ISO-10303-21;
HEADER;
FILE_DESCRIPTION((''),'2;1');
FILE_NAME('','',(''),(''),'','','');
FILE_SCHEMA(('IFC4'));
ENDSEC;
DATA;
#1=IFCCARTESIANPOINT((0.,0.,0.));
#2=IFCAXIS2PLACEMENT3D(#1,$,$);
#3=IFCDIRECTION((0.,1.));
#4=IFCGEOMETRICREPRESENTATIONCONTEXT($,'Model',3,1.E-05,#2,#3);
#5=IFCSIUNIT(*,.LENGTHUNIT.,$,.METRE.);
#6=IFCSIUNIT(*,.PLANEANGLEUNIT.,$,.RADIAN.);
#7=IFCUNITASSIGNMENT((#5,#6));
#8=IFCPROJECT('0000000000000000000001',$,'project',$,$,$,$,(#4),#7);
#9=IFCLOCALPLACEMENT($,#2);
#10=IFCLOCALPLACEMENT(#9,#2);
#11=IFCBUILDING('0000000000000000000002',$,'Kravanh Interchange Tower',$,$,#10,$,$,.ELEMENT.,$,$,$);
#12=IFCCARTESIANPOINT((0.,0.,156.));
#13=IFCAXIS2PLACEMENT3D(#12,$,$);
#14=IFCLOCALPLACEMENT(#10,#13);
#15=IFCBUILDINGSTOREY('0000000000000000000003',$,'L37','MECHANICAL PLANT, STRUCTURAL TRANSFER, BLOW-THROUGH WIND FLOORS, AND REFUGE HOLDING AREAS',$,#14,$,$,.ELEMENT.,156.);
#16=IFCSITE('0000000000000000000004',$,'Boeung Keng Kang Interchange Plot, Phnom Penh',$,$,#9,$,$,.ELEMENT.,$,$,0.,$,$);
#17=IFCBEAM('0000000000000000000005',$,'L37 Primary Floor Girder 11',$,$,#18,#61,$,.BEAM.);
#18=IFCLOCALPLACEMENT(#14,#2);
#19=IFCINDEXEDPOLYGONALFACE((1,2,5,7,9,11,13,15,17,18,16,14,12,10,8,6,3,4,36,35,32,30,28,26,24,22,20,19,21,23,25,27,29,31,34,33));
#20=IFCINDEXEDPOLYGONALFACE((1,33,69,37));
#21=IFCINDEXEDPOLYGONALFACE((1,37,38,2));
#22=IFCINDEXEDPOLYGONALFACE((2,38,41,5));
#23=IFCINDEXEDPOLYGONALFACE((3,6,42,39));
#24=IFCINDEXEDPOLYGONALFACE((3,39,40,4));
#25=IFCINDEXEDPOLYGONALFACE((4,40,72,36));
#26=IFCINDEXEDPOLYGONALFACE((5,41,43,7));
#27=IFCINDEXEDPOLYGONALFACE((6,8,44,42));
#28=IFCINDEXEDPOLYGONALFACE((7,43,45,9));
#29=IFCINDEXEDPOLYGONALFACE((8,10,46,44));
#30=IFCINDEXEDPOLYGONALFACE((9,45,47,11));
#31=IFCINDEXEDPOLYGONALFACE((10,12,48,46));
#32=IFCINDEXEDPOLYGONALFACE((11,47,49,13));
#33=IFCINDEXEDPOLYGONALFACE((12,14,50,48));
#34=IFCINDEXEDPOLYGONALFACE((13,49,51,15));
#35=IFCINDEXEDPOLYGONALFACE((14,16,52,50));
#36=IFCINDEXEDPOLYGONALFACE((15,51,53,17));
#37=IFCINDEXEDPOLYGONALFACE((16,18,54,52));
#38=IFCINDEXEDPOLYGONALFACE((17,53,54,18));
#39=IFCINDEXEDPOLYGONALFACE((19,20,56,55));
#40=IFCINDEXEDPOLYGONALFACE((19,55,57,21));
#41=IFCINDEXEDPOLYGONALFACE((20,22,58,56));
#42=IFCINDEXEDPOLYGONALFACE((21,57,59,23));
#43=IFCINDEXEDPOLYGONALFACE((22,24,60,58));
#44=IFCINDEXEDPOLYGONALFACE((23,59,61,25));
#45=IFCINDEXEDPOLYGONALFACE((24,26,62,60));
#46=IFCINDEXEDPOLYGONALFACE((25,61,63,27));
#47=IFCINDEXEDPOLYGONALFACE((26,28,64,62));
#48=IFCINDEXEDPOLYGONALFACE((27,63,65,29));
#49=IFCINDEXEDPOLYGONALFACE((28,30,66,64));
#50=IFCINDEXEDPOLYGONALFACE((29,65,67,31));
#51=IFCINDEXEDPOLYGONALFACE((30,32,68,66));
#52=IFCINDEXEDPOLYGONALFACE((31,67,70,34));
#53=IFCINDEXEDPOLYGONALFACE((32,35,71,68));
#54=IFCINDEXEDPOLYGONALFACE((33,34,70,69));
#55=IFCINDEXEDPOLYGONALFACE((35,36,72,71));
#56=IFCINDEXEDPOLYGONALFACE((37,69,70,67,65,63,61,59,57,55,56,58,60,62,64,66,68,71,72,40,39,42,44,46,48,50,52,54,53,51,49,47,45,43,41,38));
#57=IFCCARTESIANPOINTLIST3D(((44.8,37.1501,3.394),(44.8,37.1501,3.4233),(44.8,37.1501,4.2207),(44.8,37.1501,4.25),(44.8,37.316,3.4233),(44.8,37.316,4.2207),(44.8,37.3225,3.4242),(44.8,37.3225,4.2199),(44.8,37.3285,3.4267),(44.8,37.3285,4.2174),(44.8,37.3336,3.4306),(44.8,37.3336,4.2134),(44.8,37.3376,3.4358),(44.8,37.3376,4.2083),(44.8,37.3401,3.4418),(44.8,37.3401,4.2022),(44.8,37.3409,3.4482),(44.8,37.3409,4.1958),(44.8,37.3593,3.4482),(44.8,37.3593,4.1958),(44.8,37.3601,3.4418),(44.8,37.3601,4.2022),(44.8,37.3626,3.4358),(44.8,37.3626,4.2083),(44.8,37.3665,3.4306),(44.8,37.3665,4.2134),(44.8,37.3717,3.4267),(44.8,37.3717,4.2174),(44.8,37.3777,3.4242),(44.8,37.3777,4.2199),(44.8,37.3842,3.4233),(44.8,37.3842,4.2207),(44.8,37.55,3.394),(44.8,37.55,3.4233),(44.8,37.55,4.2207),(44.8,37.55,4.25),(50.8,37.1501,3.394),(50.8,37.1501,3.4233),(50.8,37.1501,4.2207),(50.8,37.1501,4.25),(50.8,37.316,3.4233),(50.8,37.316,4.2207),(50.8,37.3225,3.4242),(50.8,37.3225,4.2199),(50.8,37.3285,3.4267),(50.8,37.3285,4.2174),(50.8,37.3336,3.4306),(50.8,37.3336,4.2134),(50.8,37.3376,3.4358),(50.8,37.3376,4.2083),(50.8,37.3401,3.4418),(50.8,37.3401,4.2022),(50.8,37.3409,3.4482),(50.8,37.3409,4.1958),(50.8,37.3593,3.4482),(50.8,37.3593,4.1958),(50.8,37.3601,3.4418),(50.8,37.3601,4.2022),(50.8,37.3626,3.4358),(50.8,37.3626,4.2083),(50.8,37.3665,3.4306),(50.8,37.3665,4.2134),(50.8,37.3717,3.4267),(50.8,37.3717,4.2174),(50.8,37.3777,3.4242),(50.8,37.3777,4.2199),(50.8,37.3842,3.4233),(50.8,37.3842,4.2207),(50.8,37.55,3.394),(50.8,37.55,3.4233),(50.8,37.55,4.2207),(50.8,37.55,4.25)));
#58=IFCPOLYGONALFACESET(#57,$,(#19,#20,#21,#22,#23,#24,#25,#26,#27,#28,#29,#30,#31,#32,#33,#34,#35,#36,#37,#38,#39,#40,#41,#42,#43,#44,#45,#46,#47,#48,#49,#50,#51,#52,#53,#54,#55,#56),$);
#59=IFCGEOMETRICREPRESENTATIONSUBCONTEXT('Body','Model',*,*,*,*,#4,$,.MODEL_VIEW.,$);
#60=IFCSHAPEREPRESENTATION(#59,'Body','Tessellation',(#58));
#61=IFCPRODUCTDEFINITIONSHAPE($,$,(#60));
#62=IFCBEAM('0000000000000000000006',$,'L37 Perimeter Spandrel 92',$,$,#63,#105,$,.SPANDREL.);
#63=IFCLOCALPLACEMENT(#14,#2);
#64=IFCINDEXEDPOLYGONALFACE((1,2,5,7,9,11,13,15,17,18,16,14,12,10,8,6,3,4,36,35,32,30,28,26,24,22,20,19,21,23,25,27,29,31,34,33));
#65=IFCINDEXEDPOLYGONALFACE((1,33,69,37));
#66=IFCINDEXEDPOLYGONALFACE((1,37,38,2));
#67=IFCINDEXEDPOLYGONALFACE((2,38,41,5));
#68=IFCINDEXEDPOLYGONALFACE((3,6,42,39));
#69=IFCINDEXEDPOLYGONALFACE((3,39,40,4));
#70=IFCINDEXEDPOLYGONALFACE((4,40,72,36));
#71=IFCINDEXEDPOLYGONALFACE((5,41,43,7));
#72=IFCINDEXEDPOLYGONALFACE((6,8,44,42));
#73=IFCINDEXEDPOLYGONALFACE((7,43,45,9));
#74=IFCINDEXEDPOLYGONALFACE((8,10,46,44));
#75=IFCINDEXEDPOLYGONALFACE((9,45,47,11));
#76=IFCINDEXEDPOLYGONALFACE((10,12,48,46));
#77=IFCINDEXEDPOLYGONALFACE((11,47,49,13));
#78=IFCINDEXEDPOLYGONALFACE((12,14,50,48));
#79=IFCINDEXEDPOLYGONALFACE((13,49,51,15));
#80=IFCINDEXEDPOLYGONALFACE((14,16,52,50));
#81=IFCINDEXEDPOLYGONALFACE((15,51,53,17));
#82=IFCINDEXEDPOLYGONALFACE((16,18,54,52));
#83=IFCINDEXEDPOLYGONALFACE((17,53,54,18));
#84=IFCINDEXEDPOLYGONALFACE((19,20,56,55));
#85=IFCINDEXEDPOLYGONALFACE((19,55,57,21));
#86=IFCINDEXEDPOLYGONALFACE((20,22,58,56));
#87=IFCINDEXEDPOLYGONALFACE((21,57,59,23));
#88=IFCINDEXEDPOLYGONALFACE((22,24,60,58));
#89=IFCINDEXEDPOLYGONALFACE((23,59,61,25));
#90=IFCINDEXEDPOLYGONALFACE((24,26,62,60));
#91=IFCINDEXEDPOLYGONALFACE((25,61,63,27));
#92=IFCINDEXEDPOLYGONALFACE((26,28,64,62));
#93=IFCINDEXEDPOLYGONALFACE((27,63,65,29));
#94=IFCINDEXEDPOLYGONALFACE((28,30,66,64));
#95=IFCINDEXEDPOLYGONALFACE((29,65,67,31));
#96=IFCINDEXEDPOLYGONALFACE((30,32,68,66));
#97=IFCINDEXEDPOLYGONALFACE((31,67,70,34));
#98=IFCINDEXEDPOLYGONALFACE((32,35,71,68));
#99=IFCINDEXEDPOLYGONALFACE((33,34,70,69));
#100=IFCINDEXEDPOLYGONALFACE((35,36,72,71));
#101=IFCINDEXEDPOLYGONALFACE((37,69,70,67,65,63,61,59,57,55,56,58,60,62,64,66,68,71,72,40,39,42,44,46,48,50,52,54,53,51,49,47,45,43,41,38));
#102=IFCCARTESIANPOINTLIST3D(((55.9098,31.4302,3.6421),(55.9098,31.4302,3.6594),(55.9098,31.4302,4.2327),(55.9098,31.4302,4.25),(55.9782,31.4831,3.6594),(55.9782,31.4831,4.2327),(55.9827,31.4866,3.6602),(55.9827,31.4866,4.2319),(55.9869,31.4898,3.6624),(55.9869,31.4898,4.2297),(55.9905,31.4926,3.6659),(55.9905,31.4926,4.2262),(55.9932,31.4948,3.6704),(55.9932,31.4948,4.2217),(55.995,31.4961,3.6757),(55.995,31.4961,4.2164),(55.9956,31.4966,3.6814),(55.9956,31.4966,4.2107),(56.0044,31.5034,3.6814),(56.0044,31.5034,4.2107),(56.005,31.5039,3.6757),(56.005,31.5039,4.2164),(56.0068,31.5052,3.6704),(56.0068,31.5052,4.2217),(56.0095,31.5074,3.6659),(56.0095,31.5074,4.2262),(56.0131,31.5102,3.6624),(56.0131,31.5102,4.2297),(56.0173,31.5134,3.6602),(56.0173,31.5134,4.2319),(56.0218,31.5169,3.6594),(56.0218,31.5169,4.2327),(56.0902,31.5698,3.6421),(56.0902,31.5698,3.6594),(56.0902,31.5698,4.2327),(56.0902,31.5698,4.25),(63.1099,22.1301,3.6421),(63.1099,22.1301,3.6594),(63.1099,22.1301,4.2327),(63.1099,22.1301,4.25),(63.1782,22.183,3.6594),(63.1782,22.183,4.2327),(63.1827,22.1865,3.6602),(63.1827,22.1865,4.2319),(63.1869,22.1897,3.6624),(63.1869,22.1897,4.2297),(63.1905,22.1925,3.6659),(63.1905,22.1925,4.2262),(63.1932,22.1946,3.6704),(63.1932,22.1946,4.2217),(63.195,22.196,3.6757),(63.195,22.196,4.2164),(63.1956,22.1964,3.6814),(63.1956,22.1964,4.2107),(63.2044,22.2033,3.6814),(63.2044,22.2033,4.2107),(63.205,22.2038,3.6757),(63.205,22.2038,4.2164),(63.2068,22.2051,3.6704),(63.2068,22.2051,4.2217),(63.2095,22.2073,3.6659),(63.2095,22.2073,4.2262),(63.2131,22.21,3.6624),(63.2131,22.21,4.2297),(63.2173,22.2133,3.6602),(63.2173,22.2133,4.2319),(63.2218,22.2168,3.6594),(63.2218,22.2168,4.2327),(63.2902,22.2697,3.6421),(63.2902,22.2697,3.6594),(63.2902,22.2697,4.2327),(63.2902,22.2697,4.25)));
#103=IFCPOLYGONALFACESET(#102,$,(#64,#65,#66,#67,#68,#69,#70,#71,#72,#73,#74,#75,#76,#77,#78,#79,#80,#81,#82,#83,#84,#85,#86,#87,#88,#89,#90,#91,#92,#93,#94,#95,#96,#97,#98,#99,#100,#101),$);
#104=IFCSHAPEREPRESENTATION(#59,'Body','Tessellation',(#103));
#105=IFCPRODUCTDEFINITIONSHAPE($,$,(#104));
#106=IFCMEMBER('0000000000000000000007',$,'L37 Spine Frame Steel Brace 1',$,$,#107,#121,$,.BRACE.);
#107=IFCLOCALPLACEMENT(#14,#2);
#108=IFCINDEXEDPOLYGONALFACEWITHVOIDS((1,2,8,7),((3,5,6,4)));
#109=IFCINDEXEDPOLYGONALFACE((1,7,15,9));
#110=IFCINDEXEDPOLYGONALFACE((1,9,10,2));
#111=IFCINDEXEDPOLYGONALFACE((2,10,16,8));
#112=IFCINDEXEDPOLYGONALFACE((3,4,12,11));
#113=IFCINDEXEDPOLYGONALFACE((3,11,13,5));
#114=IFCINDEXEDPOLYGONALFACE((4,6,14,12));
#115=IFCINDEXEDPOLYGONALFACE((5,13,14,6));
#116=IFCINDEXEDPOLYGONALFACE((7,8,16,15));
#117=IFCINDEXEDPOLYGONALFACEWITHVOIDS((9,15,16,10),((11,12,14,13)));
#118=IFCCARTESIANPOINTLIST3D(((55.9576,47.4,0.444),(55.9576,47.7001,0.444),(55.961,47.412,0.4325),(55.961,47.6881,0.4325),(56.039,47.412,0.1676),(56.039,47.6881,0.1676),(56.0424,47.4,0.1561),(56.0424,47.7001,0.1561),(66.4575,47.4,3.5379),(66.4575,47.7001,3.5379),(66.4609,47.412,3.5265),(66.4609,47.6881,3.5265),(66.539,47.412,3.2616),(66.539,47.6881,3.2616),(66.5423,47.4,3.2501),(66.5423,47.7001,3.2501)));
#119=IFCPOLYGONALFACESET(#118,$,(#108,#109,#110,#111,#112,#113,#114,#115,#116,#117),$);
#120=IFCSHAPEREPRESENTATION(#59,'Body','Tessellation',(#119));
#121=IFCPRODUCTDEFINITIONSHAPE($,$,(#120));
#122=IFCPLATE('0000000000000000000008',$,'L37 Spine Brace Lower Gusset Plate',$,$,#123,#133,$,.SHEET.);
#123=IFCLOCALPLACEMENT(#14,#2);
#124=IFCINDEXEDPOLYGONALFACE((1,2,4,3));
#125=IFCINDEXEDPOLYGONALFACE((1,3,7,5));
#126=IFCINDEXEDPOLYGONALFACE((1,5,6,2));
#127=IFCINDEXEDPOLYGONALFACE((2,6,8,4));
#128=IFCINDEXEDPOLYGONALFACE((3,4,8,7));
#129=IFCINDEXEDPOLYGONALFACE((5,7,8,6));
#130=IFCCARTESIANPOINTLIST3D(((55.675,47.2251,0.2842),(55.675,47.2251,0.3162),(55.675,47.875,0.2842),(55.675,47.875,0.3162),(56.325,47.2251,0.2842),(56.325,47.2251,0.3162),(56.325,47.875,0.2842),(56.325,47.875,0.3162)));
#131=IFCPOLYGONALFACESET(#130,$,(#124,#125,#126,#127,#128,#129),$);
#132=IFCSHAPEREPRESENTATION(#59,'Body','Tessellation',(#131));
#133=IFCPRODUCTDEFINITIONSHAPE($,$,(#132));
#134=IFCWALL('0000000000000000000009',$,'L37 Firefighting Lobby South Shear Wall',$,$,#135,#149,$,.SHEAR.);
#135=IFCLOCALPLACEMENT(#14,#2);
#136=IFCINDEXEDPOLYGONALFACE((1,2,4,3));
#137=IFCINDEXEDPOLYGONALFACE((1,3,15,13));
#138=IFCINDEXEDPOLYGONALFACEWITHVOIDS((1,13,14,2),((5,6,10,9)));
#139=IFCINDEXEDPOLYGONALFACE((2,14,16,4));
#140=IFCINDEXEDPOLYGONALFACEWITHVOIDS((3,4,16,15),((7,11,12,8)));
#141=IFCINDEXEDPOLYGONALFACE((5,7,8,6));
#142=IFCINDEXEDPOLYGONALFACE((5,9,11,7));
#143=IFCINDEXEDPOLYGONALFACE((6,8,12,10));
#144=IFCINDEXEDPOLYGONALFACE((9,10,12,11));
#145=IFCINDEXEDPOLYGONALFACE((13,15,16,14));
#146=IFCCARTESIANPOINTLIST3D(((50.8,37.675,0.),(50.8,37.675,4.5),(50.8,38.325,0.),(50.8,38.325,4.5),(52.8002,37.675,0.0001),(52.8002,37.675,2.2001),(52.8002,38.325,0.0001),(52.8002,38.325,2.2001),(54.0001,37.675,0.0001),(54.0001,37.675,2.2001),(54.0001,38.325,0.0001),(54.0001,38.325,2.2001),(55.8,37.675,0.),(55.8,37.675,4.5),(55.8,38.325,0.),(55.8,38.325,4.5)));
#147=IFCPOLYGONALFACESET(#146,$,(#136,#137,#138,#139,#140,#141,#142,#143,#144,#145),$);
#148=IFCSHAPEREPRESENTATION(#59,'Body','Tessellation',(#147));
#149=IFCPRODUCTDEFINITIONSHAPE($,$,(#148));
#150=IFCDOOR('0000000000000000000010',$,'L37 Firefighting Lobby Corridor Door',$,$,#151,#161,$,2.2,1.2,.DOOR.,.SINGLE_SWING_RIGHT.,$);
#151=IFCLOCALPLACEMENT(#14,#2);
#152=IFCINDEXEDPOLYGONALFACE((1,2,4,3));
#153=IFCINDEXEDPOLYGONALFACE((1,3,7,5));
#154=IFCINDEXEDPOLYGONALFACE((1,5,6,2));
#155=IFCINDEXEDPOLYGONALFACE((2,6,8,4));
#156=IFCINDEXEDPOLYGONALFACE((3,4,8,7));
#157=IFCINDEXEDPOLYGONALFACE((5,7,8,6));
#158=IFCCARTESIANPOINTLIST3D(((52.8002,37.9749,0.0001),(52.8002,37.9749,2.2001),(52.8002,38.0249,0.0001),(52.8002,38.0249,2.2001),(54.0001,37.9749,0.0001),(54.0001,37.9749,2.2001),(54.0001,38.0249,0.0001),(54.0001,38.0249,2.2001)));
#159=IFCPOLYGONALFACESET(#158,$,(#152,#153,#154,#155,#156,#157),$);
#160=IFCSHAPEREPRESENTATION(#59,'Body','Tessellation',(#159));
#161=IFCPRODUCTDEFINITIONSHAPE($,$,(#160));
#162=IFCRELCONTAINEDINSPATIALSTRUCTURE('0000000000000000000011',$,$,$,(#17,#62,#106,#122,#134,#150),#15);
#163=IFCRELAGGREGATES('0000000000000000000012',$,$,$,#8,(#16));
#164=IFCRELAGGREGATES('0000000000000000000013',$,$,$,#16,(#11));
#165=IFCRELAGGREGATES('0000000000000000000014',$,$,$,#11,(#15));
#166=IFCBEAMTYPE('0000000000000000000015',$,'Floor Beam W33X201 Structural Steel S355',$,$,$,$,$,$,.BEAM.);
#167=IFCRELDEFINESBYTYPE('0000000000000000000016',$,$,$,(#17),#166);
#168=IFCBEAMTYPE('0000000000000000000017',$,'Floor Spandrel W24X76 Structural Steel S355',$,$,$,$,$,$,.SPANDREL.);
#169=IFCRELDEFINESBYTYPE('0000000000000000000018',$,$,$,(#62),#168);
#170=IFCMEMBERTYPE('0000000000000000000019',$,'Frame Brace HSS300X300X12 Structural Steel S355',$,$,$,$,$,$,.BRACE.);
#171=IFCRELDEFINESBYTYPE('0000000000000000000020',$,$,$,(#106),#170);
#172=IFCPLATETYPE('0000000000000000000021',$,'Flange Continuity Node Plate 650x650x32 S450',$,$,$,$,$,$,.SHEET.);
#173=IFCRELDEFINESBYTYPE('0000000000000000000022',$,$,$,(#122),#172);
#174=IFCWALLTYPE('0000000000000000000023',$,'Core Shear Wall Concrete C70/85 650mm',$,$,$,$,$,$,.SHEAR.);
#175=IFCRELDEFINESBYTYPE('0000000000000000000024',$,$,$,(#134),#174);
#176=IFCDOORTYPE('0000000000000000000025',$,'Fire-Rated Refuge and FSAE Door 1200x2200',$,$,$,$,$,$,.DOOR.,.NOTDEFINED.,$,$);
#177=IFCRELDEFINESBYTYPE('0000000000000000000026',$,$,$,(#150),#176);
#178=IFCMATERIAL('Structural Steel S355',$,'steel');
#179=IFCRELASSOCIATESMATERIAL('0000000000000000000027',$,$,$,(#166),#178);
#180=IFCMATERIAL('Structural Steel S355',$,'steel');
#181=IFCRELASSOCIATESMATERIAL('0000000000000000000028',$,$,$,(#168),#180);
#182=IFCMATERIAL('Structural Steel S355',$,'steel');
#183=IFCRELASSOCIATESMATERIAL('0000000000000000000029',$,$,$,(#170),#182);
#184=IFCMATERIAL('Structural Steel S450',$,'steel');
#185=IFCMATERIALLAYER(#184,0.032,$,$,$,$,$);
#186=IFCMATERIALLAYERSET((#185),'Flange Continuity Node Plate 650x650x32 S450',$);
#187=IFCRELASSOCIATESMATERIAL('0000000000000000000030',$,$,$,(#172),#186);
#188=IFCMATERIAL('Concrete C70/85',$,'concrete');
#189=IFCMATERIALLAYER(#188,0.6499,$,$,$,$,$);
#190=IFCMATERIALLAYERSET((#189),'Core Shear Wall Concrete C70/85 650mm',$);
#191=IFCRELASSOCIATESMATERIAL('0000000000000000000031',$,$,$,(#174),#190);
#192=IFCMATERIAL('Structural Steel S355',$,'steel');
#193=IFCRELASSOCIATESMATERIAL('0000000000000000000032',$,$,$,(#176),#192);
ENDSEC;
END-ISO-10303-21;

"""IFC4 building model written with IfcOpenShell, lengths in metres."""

from ifc_helpers import new_model, si_unit, direction, frame, frame_2d, origin, origin_2d, place, context, subcontext, project, spatial, rectangle, hollow_rectangle, i_section, extrude, material, layer, layer_set, material_profile, profile_set, type_object, element, fill, save


model = new_model("IFC4")

# Units and contexts
model_context = context("Model", 3, precision=1e-05, world=origin(), true_north=direction((0.0, 1.0)))
body_context = subcontext(model_context, "Body", "Model", "MODEL_VIEW")
ifc_project = project(units=[si_unit("LENGTHUNIT", "METRE"), si_unit("PLANEANGLEUNIT", "RADIAN")], contexts=[model_context])

# Site, building, storey
site_placement = place(None, origin())
site = spatial("IfcSite", under=ifc_project, at=site_placement, Name="Boeung Keng Kang Interchange Plot, Phnom Penh", CompositionType="ELEMENT", RefElevation=0.0)
building_placement = place(site_placement, origin())
building = spatial("IfcBuilding", under=site, at=building_placement, Name="Kravanh Interchange Tower", CompositionType="ELEMENT")
storey_placement = place(building_placement, frame((0.0, 0.0, 156.0)))
storey = spatial("IfcBuildingStorey", under=building, at=storey_placement, Name="L37", Description="MECHANICAL PLANT, STRUCTURAL TRANSFER, BLOW-THROUGH WIND FLOORS, AND REFUGE HOLDING AREAS", CompositionType="ELEMENT", Elevation=156.0)

# Beams
ifc_material_1 = material(Name="Structural Steel S355", Category="steel")
ifc_material_profile_1 = material_profile(ifc_material_1, i_section(OverallWidth=0.3999, OverallDepth=0.856, WebThickness=0.0183, FlangeThickness=0.0293, FilletRadius=0.0249, at=origin_2d()), Name="W33X201")
ifc_profile_set_1 = profile_set([ifc_material_profile_1], Name="Structural Steel S355")
beam_type_1 = type_object("IfcBeamType", Name="Floor Beam W33X201 Structural Steel S355", PredefinedType="BEAM", material=ifc_profile_set_1)
beam_1_placement = place(storey_placement, frame((50.8, 37.3501, 3.822), z_axis=(-1.0, 0.0, 0.0), x_axis=(0.0, -1.0, 0.0)))
element("IfcBeam", 1, at=beam_1_placement, inside=storey, type_object=beam_type_1, Name="L37 Primary Floor Girder 11", PredefinedType="BEAM", context=body_context, shape_type="SweptSolid", body=[
    extrude(i_section(OverallWidth=0.3999, OverallDepth=0.856, WebThickness=0.0183, FlangeThickness=0.0293, FilletRadius=0.0249, at=origin_2d()), origin(), (0.0, 0.0, 1.0), 6.0),
])
ifc_material_2 = material(Name="Structural Steel S355", Category="steel")
ifc_material_profile_2 = material_profile(ifc_material_2, i_section(OverallWidth=0.228, OverallDepth=0.6079, WebThickness=0.0112, FlangeThickness=0.0173, FilletRadius=0.022, at=origin_2d()), Name="W24X76")
ifc_profile_set_2 = profile_set([ifc_material_profile_2], Name="Structural Steel S355")
beam_type_2 = type_object("IfcBeamType", Name="Floor Spandrel W24X76 Structural Steel S355", PredefinedType="SPANDREL", material=ifc_profile_set_2)
beam_2_placement = place(storey_placement, frame((56.0, 31.5, 3.946), z_axis=(0.612169, -0.790727, 0.0), x_axis=(0.790727, 0.612169, 0.0)))
element("IfcBeam", 2, at=beam_2_placement, inside=storey, type_object=beam_type_2, Name="L37 Perimeter Spandrel 92", PredefinedType="SPANDREL", context=body_context, shape_type="SweptSolid", body=[
    extrude(i_section(OverallWidth=0.228, OverallDepth=0.6079, WebThickness=0.0112, FlangeThickness=0.0173, FilletRadius=0.022, at=origin_2d()), origin(), (0.0, 0.0, 1.0), 11.7615),
])

# Member
ifc_material_3 = material(Name="Structural Steel S355", Category="steel")
ifc_material_profile_3 = material_profile(ifc_material_3, hollow_rectangle(XDim=0.3, YDim=0.3, WallThickness=0.012, at=origin_2d()), Name="HSS300X300X12")
ifc_profile_set_3 = profile_set([ifc_material_profile_3], Name="Structural Steel S355")
member_type = type_object("IfcMemberType", Name="Frame Brace HSS300X300X12 Structural Steel S355", PredefinedType="BRACE", material=ifc_profile_set_3)
member_placement = place(storey_placement, frame((56.0, 47.55, 0.3), z_axis=(0.959223, 0.0, 0.28265), x_axis=(0.0, 1.0, 0.0)))
element("IfcMember", 3, at=member_placement, inside=storey, type_object=member_type, Name="L37 Spine Frame Steel Brace 1", PredefinedType="BRACE", context=body_context, shape_type="SweptSolid", body=[
    extrude(hollow_rectangle(XDim=0.3, YDim=0.3, WallThickness=0.012, at=origin_2d()), origin(), (0.0, 0.0, 1.0), 10.9463),
])

# Plate
ifc_material_4 = material(Name="Structural Steel S450", Category="steel")
ifc_layer_1 = layer(ifc_material_4, 0.032)
ifc_layer_set_1 = layer_set([ifc_layer_1], Name="Flange Continuity Node Plate 650x650x32 S450")
plate_type = type_object("IfcPlateType", Name="Flange Continuity Node Plate 650x650x32 S450", PredefinedType="SHEET", material=ifc_layer_set_1)
plate_placement = place(storey_placement, frame((56.0, 47.55, 0.2842), z_axis=(0.0, 0.0, 1.0), x_axis=(1.0, 0.0, 0.0)))
element("IfcPlate", 4, at=plate_placement, inside=storey, type_object=plate_type, Name="L37 Spine Brace Lower Gusset Plate", PredefinedType="SHEET", context=body_context, shape_type="SweptSolid", body=[
    extrude(rectangle(XDim=0.6499, YDim=0.6499, at=origin_2d()), origin(), (0.0, 0.0, 1.0), 0.032),
])

# Shared definitions
ifc_material_5 = material(Name="Concrete C70/85", Category="concrete")
ifc_layer_2 = layer(ifc_material_5, 0.6499)
ifc_layer_set_2 = layer_set([ifc_layer_2], Name="Core Shear Wall Concrete C70/85 650mm")
wall_type_1 = type_object("IfcWallType", Name="Core Shear Wall Concrete C70/85 650mm", PredefinedType="SHEAR", material=ifc_layer_set_2)

# Wall, opening, door
wall_1_placement = place(storey_placement, frame((50.8, 38.0, 0.0), z_axis=(0.0, 0.0, 1.0), x_axis=(1.0, 0.0, 0.0)))
wall_1 = element("IfcWall", 5, at=wall_1_placement, inside=storey, type_object=wall_type_1, Name="L37 Firefighting Lobby South Shear Wall", PredefinedType="SHEAR", context=body_context, shape_type="SweptSolid", body=[
    extrude(rectangle(XDim=5.0, YDim=0.6499, at=frame_2d((2.5, 0.0))), origin(), (0.0, 0.0, 1.0), 4.5),
])
opening_1_placement = place(wall_1_placement, frame((2.0, 0.0, 0.0)))
opening_1 = element("IfcOpeningElement", 6, at=opening_1_placement, cuts=wall_1, PredefinedType="OPENING", context=body_context, shape_type="SweptSolid", body=[
    extrude(rectangle(XDim=1.2, YDim=2.2, at=frame_2d((0.6001, 1.1001))), frame((0.0, 0.335, 0.0), z_axis=(0.0, -1.0, 0.0), x_axis=(1.0, 0.0, 0.0)), (0.0, 0.0, 1.0), 0.6699),
])
ifc_material_6 = material(Name="Structural Steel S355", Category="steel")
door_type_1 = type_object("IfcDoorType", Name="Fire-Rated Refuge and FSAE Door 1200x2200", OperationType="NOTDEFINED", PredefinedType="DOOR", material=ifc_material_6)
door_1_placement = place(opening_1_placement, origin())
door_1 = element("IfcDoor", 7, at=door_1_placement, inside=storey, type_object=door_type_1, Name="L37 Firefighting Lobby Corridor Door", OperationType="SINGLE_SWING_RIGHT", OverallHeight=2.2, OverallWidth=1.2, PredefinedType="DOOR", context=body_context, shape_type="SweptSolid", body=[
    extrude(rectangle(XDim=1.2, YDim=2.2, at=frame_2d((0.6001, 1.1001))), frame((0.0, 0.0249, 0.0), z_axis=(0.0, -1.0, 0.0), x_axis=(1.0, 0.0, 0.0)), (0.0, 0.0, 1.0), 0.05),
])
fill(opening_1, door_1)

save(model, "model.ifc")
